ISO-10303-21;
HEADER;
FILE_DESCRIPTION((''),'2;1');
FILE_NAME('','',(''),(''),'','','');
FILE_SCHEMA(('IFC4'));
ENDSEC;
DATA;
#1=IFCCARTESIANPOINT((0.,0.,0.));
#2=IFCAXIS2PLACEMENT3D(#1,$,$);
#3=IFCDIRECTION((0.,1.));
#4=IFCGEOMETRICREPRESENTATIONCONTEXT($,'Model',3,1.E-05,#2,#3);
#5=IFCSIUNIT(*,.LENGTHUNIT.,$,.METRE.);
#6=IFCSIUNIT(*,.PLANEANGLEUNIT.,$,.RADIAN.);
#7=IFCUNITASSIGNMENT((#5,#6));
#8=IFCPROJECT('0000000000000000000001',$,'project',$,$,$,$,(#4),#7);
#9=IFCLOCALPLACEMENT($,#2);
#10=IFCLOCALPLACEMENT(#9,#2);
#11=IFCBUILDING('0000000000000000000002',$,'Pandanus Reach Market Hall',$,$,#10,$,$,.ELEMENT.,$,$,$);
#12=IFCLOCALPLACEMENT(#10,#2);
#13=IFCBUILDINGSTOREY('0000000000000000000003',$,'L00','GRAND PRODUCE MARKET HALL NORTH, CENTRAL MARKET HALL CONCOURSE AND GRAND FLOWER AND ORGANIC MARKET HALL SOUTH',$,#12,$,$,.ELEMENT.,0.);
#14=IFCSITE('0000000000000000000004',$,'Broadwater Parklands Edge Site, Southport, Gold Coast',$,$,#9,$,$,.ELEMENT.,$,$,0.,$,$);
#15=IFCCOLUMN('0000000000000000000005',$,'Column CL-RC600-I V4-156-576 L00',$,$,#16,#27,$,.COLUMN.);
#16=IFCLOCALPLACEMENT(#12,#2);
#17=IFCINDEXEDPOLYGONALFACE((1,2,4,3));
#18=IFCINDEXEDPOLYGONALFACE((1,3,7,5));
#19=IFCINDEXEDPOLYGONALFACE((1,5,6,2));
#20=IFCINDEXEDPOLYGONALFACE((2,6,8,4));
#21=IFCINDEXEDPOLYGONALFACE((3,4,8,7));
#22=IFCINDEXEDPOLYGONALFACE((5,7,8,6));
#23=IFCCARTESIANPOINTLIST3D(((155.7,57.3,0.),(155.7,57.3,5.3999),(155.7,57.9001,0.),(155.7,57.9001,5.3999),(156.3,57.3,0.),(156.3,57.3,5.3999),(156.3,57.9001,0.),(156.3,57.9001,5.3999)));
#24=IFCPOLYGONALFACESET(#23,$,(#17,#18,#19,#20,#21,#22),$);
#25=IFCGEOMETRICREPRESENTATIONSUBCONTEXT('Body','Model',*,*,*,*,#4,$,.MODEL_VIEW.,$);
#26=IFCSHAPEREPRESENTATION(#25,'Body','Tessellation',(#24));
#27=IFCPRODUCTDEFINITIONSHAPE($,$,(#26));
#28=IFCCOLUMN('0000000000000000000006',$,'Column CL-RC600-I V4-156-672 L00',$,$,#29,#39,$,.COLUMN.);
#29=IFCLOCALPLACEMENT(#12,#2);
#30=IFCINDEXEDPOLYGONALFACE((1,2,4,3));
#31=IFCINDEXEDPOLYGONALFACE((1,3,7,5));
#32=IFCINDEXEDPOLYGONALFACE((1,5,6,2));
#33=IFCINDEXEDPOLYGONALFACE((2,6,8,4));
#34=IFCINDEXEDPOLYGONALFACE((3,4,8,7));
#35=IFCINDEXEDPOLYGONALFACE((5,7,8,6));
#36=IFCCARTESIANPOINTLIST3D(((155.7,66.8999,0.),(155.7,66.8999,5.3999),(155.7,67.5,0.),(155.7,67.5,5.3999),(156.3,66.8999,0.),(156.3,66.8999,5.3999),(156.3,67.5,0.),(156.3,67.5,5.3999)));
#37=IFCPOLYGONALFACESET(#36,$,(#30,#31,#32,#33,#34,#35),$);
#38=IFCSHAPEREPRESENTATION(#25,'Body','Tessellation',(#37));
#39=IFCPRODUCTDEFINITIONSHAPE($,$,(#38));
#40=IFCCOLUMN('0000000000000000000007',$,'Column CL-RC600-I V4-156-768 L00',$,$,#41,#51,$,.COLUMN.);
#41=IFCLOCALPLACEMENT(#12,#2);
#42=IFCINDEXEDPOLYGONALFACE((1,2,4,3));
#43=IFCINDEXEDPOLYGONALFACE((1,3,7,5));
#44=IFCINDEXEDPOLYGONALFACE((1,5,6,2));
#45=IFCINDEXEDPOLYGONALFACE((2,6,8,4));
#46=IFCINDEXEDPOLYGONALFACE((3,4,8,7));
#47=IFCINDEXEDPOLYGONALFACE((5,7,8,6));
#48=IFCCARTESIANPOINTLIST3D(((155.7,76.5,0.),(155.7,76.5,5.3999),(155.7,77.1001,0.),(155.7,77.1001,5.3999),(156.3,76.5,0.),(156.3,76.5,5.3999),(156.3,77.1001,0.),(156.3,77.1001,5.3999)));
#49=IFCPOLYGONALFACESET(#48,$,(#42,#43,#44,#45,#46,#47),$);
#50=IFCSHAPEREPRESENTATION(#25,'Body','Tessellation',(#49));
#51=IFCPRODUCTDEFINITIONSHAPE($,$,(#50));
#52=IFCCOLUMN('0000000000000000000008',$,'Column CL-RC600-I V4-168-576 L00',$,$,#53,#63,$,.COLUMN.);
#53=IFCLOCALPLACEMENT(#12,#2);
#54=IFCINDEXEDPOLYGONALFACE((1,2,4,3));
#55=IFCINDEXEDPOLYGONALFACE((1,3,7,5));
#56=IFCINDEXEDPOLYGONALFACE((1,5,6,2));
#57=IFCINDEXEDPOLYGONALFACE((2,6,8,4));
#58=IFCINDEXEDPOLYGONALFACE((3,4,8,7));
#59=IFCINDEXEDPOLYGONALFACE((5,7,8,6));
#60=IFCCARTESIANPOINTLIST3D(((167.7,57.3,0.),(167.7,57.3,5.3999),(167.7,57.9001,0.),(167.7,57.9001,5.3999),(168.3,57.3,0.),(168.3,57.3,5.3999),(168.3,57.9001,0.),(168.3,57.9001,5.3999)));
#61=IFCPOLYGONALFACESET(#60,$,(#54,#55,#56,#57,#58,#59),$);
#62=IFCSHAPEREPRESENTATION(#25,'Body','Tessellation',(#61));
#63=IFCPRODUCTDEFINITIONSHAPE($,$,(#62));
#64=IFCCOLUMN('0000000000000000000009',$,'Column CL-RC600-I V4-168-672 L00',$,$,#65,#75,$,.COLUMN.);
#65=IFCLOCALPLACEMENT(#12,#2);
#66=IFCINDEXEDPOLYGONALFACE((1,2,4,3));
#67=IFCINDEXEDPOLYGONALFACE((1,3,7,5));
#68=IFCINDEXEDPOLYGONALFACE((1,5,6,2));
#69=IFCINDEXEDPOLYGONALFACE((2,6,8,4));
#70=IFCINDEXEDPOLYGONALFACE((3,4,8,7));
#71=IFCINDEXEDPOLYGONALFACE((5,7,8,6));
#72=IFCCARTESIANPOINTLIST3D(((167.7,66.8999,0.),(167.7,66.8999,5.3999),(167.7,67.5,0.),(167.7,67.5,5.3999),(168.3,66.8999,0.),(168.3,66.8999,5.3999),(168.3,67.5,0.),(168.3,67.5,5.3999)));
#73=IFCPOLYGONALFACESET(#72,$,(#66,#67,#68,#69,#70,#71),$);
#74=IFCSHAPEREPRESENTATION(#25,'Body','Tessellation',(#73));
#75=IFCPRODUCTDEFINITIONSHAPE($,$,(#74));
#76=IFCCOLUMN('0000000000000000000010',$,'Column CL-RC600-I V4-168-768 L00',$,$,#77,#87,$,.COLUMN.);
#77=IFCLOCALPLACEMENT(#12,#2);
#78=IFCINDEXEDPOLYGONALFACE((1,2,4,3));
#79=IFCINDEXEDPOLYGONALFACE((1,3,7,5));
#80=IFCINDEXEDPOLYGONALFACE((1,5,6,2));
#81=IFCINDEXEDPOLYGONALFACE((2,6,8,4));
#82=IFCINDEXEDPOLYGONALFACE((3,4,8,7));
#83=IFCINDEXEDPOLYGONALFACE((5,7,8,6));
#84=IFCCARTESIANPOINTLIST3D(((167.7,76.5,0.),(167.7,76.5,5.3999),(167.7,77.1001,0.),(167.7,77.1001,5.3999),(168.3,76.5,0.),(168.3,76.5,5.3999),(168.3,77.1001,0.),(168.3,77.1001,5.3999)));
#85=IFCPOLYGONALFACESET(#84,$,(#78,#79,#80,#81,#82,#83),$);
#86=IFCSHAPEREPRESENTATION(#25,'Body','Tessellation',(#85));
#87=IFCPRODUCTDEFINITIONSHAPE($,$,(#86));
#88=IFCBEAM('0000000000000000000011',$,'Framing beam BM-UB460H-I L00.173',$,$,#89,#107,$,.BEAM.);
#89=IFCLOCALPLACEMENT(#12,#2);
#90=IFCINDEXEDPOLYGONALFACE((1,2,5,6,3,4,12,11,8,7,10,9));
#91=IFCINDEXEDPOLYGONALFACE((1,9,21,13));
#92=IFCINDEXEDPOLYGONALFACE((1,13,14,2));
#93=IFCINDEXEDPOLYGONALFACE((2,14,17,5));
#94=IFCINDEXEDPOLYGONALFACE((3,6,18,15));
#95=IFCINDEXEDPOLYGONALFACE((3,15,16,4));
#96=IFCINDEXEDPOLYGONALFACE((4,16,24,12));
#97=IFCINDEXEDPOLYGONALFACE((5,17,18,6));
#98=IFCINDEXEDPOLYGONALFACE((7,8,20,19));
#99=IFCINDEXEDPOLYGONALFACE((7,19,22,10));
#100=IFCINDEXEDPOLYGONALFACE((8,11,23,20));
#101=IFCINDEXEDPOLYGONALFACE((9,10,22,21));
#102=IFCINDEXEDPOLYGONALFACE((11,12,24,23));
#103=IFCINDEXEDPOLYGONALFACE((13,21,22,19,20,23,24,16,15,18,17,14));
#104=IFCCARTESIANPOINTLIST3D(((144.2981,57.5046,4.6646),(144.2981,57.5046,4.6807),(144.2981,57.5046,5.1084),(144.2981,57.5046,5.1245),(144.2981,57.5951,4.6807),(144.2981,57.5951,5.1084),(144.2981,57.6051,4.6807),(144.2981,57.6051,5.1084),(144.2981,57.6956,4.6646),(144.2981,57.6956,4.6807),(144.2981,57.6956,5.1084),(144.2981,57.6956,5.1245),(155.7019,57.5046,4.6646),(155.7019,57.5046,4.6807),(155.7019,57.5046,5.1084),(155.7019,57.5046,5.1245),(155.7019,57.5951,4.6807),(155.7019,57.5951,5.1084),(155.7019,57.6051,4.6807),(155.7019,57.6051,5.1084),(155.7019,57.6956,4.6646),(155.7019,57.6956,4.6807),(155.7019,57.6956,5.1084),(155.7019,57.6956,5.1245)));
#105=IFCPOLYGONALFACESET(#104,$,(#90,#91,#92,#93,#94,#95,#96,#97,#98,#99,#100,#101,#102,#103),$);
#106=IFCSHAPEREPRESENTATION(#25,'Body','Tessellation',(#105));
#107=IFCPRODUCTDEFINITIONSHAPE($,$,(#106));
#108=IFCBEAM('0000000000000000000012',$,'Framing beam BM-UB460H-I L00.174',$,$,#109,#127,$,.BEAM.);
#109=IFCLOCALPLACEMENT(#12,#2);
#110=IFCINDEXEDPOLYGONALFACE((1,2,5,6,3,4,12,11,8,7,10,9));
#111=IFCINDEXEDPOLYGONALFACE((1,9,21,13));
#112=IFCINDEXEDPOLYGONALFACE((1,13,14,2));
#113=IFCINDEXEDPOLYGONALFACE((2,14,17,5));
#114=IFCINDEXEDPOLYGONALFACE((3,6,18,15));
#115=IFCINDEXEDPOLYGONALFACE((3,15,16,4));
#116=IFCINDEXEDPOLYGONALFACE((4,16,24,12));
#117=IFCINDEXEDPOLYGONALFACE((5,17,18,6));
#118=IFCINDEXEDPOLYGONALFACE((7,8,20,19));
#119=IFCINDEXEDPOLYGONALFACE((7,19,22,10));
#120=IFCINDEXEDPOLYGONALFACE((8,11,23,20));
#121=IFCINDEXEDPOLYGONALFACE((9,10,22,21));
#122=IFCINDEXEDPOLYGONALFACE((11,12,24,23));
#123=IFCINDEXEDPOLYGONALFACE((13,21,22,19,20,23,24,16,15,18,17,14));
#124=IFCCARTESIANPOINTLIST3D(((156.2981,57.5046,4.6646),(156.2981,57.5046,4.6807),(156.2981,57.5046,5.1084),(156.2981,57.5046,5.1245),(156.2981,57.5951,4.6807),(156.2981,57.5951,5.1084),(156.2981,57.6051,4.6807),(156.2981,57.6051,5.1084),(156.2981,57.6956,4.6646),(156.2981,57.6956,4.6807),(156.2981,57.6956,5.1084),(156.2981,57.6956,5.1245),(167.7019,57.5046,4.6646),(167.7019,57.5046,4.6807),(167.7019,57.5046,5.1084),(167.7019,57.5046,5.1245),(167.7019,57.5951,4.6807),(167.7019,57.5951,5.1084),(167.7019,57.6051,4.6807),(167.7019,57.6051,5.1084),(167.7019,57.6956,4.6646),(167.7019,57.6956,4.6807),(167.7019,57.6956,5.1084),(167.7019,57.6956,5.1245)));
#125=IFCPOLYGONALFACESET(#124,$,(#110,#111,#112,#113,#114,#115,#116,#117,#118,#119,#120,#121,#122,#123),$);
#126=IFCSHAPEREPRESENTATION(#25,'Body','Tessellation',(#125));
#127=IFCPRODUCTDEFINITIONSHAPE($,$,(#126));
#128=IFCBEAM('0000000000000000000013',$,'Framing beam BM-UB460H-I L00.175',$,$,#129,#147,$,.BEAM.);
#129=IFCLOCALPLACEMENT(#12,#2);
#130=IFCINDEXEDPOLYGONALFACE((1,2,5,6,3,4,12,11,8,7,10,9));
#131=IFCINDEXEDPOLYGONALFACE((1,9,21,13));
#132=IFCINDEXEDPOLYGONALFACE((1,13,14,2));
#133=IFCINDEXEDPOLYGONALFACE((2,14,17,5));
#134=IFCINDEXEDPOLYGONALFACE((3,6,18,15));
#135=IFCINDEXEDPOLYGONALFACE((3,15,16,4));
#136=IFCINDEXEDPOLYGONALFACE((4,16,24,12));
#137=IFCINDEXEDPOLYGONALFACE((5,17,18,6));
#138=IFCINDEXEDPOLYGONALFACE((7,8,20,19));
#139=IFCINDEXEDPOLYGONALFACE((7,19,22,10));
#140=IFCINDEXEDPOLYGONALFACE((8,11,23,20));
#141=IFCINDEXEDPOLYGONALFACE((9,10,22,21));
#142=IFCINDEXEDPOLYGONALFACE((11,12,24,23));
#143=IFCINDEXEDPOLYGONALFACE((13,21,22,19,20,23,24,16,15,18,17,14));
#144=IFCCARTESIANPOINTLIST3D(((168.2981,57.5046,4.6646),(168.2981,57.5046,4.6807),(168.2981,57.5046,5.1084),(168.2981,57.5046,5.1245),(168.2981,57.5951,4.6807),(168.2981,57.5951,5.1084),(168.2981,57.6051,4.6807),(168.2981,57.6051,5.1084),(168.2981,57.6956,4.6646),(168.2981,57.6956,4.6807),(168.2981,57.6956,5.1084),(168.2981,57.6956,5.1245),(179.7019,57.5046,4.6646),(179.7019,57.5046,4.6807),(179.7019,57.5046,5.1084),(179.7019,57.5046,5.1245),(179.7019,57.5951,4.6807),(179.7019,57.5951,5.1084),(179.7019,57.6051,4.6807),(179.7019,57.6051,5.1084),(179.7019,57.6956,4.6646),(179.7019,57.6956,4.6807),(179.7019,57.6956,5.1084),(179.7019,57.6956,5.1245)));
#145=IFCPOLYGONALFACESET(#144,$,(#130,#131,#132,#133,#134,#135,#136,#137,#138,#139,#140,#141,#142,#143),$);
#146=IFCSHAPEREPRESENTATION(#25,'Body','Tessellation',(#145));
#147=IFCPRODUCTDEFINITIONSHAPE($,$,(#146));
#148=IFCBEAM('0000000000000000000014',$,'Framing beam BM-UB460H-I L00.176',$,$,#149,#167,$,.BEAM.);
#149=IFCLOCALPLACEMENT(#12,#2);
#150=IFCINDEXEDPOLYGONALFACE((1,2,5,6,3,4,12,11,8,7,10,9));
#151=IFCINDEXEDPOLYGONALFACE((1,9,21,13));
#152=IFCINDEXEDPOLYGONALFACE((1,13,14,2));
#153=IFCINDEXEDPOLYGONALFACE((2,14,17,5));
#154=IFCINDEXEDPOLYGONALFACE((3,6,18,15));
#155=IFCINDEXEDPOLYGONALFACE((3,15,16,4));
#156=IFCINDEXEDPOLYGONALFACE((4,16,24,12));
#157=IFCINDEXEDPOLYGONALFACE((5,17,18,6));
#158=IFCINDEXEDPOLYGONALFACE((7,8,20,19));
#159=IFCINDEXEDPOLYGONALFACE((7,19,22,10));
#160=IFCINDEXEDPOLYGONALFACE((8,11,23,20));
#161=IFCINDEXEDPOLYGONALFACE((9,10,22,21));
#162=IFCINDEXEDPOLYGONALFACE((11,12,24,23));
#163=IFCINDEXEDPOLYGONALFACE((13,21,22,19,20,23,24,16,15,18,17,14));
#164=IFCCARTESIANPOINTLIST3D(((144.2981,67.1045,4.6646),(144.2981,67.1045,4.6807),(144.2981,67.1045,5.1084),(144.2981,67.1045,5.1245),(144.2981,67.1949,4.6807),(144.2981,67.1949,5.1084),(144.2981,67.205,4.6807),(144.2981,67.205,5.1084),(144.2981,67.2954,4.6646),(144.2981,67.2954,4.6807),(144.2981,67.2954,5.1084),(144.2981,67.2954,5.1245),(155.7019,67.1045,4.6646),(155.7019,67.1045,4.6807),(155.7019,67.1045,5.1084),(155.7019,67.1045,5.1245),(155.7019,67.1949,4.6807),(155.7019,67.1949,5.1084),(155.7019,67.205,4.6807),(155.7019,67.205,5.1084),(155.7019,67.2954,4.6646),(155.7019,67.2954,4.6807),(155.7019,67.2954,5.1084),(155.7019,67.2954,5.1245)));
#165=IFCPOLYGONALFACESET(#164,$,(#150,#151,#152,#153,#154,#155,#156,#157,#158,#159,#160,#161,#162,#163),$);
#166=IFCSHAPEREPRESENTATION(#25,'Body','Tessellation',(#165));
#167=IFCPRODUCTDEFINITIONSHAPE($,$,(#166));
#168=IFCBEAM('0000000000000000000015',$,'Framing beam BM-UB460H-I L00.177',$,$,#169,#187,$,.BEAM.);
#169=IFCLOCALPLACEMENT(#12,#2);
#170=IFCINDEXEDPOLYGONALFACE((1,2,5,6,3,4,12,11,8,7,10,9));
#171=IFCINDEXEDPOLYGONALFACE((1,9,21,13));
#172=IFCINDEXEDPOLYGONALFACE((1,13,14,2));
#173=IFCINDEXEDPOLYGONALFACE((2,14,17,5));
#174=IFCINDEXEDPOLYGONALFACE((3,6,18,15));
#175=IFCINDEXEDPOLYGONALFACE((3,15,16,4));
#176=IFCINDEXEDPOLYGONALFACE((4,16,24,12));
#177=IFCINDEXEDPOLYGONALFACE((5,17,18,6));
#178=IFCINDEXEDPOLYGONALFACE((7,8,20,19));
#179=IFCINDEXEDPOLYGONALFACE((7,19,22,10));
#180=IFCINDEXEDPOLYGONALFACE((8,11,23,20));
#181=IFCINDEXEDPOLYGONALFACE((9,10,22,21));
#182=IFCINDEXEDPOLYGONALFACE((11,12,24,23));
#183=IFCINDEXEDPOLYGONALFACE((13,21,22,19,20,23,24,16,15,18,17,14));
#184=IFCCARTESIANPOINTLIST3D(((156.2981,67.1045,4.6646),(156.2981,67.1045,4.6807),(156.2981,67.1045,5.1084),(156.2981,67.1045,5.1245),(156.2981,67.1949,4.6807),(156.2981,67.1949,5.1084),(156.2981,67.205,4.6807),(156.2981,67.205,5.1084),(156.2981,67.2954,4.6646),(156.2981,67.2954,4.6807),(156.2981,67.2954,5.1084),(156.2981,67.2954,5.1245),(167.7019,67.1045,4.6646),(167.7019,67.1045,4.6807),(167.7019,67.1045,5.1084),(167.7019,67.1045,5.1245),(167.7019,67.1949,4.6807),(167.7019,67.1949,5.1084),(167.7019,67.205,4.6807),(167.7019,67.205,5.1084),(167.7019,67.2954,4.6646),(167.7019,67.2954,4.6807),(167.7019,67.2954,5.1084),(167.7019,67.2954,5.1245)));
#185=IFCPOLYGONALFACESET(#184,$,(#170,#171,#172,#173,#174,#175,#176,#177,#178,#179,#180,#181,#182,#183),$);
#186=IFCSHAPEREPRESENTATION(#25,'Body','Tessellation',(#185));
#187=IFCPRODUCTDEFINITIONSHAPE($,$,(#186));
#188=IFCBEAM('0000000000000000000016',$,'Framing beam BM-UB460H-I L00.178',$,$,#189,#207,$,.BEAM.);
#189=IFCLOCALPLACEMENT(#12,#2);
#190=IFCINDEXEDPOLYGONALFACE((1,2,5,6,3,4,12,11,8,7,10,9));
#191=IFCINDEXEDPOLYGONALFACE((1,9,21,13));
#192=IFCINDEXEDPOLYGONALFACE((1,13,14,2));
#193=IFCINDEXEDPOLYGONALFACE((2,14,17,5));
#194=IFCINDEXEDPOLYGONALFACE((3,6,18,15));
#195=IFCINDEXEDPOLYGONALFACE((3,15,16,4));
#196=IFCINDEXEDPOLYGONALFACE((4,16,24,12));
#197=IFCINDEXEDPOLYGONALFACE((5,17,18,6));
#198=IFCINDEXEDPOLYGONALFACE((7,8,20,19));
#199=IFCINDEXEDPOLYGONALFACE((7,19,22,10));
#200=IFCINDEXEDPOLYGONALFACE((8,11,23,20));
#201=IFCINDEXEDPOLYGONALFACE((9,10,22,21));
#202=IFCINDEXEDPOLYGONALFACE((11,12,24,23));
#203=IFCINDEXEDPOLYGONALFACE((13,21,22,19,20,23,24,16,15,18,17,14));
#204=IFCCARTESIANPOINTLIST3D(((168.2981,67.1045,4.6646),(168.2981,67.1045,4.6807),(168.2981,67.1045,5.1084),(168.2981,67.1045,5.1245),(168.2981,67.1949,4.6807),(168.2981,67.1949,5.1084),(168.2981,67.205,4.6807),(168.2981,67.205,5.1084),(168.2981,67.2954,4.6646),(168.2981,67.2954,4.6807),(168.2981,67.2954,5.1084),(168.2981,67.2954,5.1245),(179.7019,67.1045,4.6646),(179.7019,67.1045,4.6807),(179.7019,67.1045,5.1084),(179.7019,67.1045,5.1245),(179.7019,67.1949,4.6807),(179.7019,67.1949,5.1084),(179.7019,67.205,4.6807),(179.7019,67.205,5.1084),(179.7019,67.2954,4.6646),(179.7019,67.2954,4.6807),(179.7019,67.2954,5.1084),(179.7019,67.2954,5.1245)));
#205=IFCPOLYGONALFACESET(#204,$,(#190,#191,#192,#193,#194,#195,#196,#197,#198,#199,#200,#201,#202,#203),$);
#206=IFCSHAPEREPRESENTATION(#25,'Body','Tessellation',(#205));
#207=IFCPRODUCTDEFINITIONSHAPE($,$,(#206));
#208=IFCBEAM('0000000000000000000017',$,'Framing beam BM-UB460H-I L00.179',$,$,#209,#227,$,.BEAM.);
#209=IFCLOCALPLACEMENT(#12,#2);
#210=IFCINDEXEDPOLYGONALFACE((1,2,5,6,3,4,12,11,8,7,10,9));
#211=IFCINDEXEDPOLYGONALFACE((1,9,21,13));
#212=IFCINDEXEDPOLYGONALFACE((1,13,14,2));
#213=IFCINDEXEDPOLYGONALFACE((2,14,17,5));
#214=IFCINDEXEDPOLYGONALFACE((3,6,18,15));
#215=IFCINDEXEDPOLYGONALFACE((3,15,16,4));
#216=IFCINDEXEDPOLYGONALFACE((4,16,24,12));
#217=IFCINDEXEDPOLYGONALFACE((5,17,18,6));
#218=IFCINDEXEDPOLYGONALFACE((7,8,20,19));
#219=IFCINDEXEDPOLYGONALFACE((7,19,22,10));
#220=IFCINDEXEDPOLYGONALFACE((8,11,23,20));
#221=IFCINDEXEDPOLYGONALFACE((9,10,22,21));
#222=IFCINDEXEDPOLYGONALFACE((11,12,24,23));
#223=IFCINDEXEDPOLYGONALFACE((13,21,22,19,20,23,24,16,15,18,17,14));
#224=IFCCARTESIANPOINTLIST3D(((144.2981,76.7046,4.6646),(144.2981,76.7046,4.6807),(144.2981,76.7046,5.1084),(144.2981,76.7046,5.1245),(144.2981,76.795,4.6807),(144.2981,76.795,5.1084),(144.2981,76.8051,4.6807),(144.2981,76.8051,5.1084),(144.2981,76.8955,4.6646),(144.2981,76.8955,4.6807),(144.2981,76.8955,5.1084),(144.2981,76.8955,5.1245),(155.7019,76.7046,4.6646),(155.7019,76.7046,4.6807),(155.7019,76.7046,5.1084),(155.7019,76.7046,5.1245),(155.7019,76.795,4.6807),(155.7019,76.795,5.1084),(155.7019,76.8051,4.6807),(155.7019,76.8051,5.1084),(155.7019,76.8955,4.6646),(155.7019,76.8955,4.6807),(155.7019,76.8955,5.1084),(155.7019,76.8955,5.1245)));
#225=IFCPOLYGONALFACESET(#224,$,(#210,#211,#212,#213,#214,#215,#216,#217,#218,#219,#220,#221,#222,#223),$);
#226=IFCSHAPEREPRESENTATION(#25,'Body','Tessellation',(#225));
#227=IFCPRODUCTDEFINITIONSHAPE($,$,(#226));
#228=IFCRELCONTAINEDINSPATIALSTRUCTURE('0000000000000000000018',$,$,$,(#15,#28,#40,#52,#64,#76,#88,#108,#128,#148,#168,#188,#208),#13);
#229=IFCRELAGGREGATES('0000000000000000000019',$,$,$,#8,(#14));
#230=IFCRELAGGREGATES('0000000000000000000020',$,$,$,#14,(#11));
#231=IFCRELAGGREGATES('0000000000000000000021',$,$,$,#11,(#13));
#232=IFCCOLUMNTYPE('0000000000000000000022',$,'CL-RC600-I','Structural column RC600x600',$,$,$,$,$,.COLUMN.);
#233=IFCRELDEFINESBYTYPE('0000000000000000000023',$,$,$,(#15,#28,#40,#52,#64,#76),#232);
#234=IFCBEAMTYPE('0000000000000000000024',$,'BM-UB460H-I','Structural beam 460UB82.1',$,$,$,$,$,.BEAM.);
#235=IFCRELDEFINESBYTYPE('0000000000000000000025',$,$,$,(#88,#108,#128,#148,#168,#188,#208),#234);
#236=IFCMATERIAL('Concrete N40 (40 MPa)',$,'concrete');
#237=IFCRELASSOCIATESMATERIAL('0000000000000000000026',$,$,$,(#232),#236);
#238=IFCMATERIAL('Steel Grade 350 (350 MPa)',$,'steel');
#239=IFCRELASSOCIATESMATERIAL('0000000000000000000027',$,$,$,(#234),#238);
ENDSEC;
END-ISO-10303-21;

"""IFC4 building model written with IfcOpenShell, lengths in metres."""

from ifc_helpers import new_model, si_unit, direction, frame, origin, origin_2d, place, context, subcontext, project, spatial, rectangle, i_section, extrude, material, material_profile, profile_set, type_object, element, save


model = new_model("IFC4")

# Units and contexts
model_context = context("Model", 3, precision=1e-05, world=origin(), true_north=direction((0.0, 1.0)))
body_context = subcontext(model_context, "Body", "Model", "MODEL_VIEW")
ifc_project = project(units=[si_unit("LENGTHUNIT", "METRE"), si_unit("PLANEANGLEUNIT", "RADIAN")], contexts=[model_context])

# Site, building, storey
site_placement = place(None, origin())
site = spatial("IfcSite", under=ifc_project, at=site_placement, Name="Broadwater Parklands Edge Site, Southport, Gold Coast", CompositionType="ELEMENT", RefElevation=0.0)
building_placement = place(site_placement, origin())
building = spatial("IfcBuilding", under=site, at=building_placement, Name="Pandanus Reach Market Hall", CompositionType="ELEMENT")
storey_placement = place(building_placement, origin())
storey = spatial("IfcBuildingStorey", under=building, at=storey_placement, Name="L00", Description="GRAND PRODUCE MARKET HALL NORTH, CENTRAL MARKET HALL CONCOURSE AND GRAND FLOWER AND ORGANIC MARKET HALL SOUTH", CompositionType="ELEMENT", Elevation=0.0)

# Columns
ifc_material_1 = material(Name="Concrete N40 (40 MPa)", Category="concrete")
ifc_material_profile_1 = material_profile(ifc_material_1, rectangle(XDim=0.6001, YDim=0.6001, at=origin_2d()), Name="RC600x600", Category="LoadBearing")
ifc_profile_set_1 = profile_set([ifc_material_profile_1], Name="Concrete N40 (40 MPa)")
column_type = type_object("IfcColumnType", Name="CL-RC600-I", Description="Structural column RC600x600", PredefinedType="COLUMN", material=ifc_profile_set_1)
for number, where, z_axis, x_axis, name in (
    (1, (156.0, 57.6001, 0.0), (0.0, 0.0, 1.0), (1.0, 0.0, 0.0), "Column CL-RC600-I V4-156-576 L00"),
    (2, (156.0, 67.2, 0.0), (0.0, 0.0, 1.0), (1.0, 0.0, 0.0), "Column CL-RC600-I V4-156-672 L00"),
    (3, (156.0, 76.8, 0.0), (0.0, 0.0, 1.0), (1.0, 0.0, 0.0), "Column CL-RC600-I V4-156-768 L00"),
    (4, (168.0, 57.6001, 0.0), (0.0, 0.0, 1.0), (1.0, 0.0, 0.0), "Column CL-RC600-I V4-168-576 L00"),
    (5, (168.0, 67.2, 0.0), (0.0, 0.0, 1.0), (1.0, 0.0, 0.0), "Column CL-RC600-I V4-168-672 L00"),
    (6, (168.0, 76.8, 0.0), (0.0, 0.0, 1.0), (1.0, 0.0, 0.0), "Column CL-RC600-I V4-168-768 L00"),
):
    element("IfcColumn", number, at=place(storey_placement, frame(where, z_axis=z_axis, x_axis=x_axis)), inside=storey, type_object=column_type, Name=name, PredefinedType="COLUMN", context=body_context, shape_type="SweptSolid", body=[
        extrude(rectangle(XDim=0.6001, YDim=0.6001, at=origin_2d()), origin(), (0.0, 0.0, 1.0), 5.3999),
    ])

# Beams
ifc_material_2 = material(Name="Steel Grade 350 (350 MPa)", Category="steel")
ifc_material_profile_2 = material_profile(ifc_material_2, i_section(OverallWidth=0.1909, OverallDepth=0.46, WebThickness=0.01, FlangeThickness=0.0161, at=origin_2d()), Name="460UB82.1", Category="LoadBearing")
ifc_profile_set_2 = profile_set([ifc_material_profile_2], Name="Steel Grade 350 (350 MPa)")
beam_type_1 = type_object("IfcBeamType", Name="BM-UB460H-I", Description="Structural beam 460UB82.1", PredefinedType="BEAM", material=ifc_profile_set_2)
for number, where, z_axis, x_axis, name in (
    (7, (144.2981, 57.6001, 4.8945), (1.0, 0.0, 0.0), (0.0, 1.0, 0.0), "Framing beam BM-UB460H-I L00.173"),
    (8, (156.2981, 57.6001, 4.8945), (1.0, 0.0, 0.0), (0.0, 1.0, 0.0), "Framing beam BM-UB460H-I L00.174"),
    (9, (168.2981, 57.6001, 4.8945), (1.0, 0.0, 0.0), (0.0, 1.0, 0.0), "Framing beam BM-UB460H-I L00.175"),
    (10, (144.2981, 67.2, 4.8945), (1.0, 0.0, 0.0), (0.0, 1.0, 0.0), "Framing beam BM-UB460H-I L00.176"),
    (11, (156.2981, 67.2, 4.8945), (1.0, 0.0, 0.0), (0.0, 1.0, 0.0), "Framing beam BM-UB460H-I L00.177"),
    (12, (168.2981, 67.2, 4.8945), (1.0, 0.0, 0.0), (0.0, 1.0, 0.0), "Framing beam BM-UB460H-I L00.178"),
    (13, (144.2981, 76.8, 4.8945), (1.0, 0.0, 0.0), (0.0, 1.0, 0.0), "Framing beam BM-UB460H-I L00.179"),
):
    element("IfcBeam", number, at=place(storey_placement, frame(where, z_axis=z_axis, x_axis=x_axis)), inside=storey, type_object=beam_type_1, Name=name, PredefinedType="BEAM", context=body_context, shape_type="SweptSolid", body=[
        extrude(i_section(OverallWidth=0.1909, OverallDepth=0.46, WebThickness=0.01, FlangeThickness=0.0161, at=origin_2d()), origin(), (0.0, 0.0, 1.0), 11.4038),
    ])

save(model, "model.ifc")
